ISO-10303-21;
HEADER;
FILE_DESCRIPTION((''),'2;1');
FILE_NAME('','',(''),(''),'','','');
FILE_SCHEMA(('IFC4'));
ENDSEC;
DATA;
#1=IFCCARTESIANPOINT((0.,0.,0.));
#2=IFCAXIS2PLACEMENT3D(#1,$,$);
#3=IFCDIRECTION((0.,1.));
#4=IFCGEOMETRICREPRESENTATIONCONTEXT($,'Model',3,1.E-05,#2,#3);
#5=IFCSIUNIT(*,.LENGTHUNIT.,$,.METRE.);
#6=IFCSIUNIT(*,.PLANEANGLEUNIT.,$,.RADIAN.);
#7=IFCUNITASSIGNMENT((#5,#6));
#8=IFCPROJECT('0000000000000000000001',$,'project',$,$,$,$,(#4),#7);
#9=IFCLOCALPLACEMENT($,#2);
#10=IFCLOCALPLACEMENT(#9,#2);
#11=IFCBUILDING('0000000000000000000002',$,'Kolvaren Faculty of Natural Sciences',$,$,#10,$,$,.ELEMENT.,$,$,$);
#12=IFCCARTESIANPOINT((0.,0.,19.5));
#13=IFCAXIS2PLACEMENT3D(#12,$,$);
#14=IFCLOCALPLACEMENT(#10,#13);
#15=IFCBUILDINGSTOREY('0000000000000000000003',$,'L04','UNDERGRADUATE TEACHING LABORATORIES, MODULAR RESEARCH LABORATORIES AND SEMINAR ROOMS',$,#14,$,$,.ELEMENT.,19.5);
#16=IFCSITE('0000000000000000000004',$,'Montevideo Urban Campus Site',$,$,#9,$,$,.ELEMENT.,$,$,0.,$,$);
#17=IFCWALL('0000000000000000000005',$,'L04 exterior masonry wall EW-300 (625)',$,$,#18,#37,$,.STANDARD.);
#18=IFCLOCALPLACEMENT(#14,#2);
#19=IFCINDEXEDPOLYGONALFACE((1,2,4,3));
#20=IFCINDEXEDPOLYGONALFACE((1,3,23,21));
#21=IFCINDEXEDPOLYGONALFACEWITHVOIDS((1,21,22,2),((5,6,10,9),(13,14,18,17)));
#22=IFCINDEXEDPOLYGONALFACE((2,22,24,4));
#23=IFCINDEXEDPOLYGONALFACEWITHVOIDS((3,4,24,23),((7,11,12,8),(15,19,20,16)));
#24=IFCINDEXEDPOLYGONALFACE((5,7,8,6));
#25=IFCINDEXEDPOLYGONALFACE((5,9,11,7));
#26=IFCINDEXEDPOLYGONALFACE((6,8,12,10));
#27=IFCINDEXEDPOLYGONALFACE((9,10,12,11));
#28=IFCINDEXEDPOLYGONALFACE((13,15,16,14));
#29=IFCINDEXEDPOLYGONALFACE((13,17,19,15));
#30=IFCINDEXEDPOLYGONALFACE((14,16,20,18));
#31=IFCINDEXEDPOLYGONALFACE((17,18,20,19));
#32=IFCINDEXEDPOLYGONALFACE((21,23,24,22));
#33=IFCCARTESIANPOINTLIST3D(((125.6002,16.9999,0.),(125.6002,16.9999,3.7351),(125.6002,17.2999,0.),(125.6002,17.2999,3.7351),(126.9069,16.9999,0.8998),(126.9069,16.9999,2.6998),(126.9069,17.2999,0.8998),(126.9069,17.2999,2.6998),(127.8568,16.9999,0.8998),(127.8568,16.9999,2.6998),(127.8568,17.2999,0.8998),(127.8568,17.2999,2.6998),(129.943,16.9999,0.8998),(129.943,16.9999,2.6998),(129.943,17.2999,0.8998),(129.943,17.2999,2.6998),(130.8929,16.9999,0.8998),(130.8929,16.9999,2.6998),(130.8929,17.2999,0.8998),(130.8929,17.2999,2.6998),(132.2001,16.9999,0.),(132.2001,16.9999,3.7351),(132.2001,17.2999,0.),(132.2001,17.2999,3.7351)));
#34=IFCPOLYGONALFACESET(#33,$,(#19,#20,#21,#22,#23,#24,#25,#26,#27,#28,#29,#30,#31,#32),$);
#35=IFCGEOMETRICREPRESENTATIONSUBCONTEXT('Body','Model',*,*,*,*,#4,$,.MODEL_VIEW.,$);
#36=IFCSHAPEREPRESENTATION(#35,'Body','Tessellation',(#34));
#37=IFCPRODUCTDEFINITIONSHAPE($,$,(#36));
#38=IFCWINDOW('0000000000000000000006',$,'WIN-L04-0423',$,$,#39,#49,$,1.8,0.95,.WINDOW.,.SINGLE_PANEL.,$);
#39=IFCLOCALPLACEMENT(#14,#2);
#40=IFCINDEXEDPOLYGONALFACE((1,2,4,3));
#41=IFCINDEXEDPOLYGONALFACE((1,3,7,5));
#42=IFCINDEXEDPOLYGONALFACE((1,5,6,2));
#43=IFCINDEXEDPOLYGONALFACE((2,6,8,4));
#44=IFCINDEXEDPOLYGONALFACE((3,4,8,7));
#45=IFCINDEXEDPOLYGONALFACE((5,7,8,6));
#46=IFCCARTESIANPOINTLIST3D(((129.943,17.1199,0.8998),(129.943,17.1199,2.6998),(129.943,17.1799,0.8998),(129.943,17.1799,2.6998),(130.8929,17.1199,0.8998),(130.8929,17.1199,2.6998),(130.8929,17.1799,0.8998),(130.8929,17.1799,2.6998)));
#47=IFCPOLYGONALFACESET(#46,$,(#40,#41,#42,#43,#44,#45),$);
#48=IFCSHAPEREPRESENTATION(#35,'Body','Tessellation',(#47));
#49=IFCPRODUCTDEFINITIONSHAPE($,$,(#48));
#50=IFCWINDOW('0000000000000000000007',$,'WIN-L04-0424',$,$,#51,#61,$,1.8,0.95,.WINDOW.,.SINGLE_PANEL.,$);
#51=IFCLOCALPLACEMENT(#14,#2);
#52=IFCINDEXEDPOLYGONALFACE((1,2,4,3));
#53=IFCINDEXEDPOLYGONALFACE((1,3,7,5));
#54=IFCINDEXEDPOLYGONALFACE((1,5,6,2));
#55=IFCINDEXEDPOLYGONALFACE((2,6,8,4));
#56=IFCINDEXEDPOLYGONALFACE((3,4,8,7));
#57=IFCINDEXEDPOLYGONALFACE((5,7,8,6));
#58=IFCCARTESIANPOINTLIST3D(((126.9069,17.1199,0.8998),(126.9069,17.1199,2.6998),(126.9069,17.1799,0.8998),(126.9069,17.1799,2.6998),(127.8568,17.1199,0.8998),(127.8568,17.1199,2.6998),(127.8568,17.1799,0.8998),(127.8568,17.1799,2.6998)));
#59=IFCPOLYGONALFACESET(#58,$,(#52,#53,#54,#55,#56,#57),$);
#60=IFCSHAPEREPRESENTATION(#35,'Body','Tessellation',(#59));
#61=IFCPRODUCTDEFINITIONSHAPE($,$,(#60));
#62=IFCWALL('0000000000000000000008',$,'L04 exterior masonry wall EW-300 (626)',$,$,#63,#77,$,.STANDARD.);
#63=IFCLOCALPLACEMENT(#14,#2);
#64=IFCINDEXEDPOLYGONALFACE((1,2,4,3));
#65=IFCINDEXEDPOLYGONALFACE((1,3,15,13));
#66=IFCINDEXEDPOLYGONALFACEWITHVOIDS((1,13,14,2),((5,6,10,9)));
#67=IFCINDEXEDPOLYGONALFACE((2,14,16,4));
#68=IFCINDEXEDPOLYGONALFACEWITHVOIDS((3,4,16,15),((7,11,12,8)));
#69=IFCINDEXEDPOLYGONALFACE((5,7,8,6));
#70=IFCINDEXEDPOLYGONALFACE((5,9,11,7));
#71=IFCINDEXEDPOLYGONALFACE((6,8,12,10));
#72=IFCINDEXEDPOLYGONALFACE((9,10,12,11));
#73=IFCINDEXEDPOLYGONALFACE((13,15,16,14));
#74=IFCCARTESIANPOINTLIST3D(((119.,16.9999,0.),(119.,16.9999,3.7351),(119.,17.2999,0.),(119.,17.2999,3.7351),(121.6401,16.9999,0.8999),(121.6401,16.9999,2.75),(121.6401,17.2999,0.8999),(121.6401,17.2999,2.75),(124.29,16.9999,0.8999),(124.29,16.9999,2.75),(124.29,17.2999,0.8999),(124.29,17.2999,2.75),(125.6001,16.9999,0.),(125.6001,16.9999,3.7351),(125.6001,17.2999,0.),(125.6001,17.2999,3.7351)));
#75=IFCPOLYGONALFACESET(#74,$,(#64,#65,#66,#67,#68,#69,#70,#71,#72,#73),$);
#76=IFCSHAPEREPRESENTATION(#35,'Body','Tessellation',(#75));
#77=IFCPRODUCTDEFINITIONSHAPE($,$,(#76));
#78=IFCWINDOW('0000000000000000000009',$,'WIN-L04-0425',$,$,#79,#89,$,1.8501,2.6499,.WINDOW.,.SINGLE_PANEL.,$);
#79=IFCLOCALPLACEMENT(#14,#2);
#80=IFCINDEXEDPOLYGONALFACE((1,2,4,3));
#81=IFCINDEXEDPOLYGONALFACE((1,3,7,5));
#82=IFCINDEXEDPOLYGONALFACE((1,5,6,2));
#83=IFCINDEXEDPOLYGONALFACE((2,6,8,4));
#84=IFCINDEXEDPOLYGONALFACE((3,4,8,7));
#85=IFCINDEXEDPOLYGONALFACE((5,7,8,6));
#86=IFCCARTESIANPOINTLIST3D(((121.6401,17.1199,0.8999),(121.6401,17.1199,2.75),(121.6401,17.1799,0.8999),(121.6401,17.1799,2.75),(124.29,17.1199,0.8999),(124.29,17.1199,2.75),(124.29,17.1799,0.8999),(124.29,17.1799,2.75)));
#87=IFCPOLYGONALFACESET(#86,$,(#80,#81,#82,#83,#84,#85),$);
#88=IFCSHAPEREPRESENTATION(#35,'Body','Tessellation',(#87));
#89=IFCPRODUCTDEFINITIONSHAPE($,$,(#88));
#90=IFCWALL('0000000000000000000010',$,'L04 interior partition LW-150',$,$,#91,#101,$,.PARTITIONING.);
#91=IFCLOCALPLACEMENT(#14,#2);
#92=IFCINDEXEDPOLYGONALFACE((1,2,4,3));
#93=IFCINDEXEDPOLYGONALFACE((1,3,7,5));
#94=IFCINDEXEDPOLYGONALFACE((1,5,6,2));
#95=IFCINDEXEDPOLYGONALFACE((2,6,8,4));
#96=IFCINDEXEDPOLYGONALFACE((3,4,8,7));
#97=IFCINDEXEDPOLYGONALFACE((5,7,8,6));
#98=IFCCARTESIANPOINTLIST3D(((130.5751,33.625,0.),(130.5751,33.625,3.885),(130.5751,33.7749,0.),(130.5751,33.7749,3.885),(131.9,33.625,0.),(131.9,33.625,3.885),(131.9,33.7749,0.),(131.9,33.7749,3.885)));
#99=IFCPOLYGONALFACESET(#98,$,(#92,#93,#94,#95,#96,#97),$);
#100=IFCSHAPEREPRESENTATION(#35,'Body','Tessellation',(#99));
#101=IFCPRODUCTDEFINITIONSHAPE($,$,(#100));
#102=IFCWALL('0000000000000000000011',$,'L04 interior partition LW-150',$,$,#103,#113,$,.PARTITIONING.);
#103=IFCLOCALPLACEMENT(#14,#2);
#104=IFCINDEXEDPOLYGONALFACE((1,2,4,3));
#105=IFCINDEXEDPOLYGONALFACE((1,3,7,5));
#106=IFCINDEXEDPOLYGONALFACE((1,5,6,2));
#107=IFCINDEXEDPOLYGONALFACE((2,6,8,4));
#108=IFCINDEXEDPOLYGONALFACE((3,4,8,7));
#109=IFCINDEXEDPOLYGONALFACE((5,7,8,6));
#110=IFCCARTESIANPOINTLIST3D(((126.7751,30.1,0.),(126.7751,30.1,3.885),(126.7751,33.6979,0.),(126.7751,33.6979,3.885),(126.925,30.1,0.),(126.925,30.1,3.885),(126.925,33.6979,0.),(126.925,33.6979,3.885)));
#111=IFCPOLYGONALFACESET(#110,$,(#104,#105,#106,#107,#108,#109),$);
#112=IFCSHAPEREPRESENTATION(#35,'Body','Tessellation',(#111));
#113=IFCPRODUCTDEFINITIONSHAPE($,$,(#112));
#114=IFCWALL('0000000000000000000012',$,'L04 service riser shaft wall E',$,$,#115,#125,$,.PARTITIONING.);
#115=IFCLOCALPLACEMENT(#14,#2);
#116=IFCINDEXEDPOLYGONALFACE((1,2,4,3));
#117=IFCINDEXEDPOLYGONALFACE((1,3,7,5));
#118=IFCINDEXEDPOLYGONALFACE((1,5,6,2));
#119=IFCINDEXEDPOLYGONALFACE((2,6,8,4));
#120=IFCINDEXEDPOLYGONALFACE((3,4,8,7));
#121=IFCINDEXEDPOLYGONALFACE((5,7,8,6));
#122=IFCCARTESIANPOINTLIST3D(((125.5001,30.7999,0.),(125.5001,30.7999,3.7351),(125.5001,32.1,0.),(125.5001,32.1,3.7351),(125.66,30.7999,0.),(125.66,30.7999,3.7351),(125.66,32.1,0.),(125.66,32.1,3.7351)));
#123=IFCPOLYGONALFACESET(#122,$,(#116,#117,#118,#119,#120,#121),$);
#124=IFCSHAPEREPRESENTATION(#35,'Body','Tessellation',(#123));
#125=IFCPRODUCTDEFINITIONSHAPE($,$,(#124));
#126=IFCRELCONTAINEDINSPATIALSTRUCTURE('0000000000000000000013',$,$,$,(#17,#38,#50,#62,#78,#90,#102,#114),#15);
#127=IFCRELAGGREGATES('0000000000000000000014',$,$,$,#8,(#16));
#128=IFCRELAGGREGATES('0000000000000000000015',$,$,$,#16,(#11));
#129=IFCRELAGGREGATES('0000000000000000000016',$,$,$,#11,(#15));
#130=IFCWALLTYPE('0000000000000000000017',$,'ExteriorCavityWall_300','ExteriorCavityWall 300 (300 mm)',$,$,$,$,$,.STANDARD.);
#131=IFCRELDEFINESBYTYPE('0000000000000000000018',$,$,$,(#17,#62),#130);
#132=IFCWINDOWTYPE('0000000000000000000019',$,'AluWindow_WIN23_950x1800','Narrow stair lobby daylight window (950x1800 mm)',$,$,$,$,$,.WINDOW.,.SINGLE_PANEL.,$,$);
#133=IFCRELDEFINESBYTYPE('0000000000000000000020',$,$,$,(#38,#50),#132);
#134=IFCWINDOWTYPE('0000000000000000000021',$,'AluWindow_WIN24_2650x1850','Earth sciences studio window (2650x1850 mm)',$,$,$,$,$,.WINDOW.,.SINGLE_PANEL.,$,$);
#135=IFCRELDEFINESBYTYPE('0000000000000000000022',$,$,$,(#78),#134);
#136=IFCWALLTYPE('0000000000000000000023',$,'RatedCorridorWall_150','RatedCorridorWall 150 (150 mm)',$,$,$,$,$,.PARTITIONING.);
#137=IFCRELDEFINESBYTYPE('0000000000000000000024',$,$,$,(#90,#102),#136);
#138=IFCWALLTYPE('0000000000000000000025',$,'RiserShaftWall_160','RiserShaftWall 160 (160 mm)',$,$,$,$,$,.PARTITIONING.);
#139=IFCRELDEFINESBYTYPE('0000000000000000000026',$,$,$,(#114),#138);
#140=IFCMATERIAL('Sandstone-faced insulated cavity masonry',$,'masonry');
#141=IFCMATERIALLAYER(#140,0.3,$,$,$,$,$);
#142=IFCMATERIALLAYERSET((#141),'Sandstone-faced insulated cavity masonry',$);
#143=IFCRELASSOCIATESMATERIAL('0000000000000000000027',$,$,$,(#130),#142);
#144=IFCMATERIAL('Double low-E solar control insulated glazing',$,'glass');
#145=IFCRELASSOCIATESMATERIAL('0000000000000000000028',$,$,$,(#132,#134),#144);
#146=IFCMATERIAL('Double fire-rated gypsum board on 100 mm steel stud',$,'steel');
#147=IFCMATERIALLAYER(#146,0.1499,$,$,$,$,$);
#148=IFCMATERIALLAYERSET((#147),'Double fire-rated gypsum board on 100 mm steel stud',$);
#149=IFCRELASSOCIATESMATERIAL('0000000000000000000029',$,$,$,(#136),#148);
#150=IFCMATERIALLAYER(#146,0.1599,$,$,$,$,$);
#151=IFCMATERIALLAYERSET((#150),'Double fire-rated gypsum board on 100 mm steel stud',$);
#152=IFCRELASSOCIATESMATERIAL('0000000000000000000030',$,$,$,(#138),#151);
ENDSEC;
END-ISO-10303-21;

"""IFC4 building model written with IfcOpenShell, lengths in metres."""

from ifc_helpers import new_model, si_unit, direction, frame, frame_2d, origin, place, context, subcontext, project, spatial, rectangle, extrude, material, layer, layer_set, type_object, element, fill, save


model = new_model("IFC4")

# Units and contexts
model_context = context("Model", 3, precision=1e-05, world=origin(), true_north=direction((0.0, 1.0)))
body_context = subcontext(model_context, "Body", "Model", "MODEL_VIEW")
ifc_project = project(units=[si_unit("LENGTHUNIT", "METRE"), si_unit("PLANEANGLEUNIT", "RADIAN")], contexts=[model_context])

# Site, building, storey
site_placement = place(None, origin())
site = spatial("IfcSite", under=ifc_project, at=site_placement, Name="Montevideo Urban Campus Site", CompositionType="ELEMENT", RefElevation=0.0)
building_placement = place(site_placement, origin())
building = spatial("IfcBuilding", under=site, at=building_placement, Name="Kolvaren Faculty of Natural Sciences", CompositionType="ELEMENT")
storey_placement = place(building_placement, frame((0.0, 0.0, 19.5)))
storey = spatial("IfcBuildingStorey", under=building, at=storey_placement, Name="L04", Description="UNDERGRADUATE TEACHING LABORATORIES, MODULAR RESEARCH LABORATORIES AND SEMINAR ROOMS", CompositionType="ELEMENT", Elevation=19.5)

# Wall, openings, windows
ifc_material_1 = material(Name="Sandstone-faced insulated cavity masonry", Category="masonry")
ifc_layer_1 = layer(ifc_material_1, 0.3)
ifc_layer_set_1 = layer_set([ifc_layer_1], Name="Sandstone-faced insulated cavity masonry")
wall_type_1 = type_object("IfcWallType", Name="ExteriorCavityWall_300", Description="ExteriorCavityWall 300 (300 mm)", PredefinedType="STANDARD", material=ifc_layer_set_1)
wall_1_placement = place(storey_placement, frame((132.2, 17.1499, 0.0), z_axis=(0.0, 0.0, 1.0), x_axis=(-1.0, 0.0, 0.0)))
wall_1 = element("IfcWall", 1, at=wall_1_placement, inside=storey, type_object=wall_type_1, Name="L04 exterior masonry wall EW-300 (625)", PredefinedType="STANDARD", context=body_context, shape_type="SweptSolid", body=[
    extrude(rectangle(XDim=6.5999, YDim=0.3, at=frame_2d((3.2998, 0.0))), origin(), (0.0, 0.0, 1.0), 3.7351),
])
opening_1_placement = place(wall_1_placement, frame((1.3069, 0.0, 0.8999)))
opening_1 = element("IfcOpeningElement", 2, at=opening_1_placement, cuts=wall_1, PredefinedType="OPENING", context=body_context, shape_type="SweptSolid", body=[
    extrude(rectangle(XDim=0.95, YDim=1.8, at=frame_2d((0.4751, 0.8999))), frame((0.0, 0.1599, 0.0), z_axis=(0.0, -1.0, 0.0), x_axis=(1.0, 0.0, 0.0)), (0.0, 0.0, 1.0), 0.3201),
])
opening_2_placement = place(wall_1_placement, frame((4.343, 0.0, 0.8999)))
opening_2 = element("IfcOpeningElement", 3, at=opening_2_placement, cuts=wall_1, PredefinedType="OPENING", context=body_context, shape_type="SweptSolid", body=[
    extrude(rectangle(XDim=0.95, YDim=1.8, at=frame_2d((0.4751, 0.8999))), frame((0.0, 0.1599, 0.0), z_axis=(0.0, -1.0, 0.0), x_axis=(1.0, 0.0, 0.0)), (0.0, 0.0, 1.0), 0.3201),
])
ifc_material_2 = material(Name="Double low-E solar control insulated glazing", Category="glass")
window_type_1 = type_object("IfcWindowType", Name="AluWindow_WIN23_950x1800", Description="Narrow stair lobby daylight window (950x1800 mm)", PartitioningType="SINGLE_PANEL", PredefinedType="WINDOW", material=ifc_material_2)
window_1_placement = place(opening_1_placement, origin())
window_1 = element("IfcWindow", 4, at=window_1_placement, inside=storey, type_object=window_type_1, Name="WIN-L04-0423", OverallHeight=1.8, OverallWidth=0.95, PartitioningType="SINGLE_PANEL", PredefinedType="WINDOW", context=body_context, shape_type="SweptSolid", body=[
    extrude(rectangle(XDim=0.95, YDim=1.8, at=frame_2d((0.4751, 0.8999))), frame((0.0, 0.03, 0.0), z_axis=(0.0, -1.0, 0.0), x_axis=(1.0, 0.0, 0.0)), (0.0, 0.0, 1.0), 0.0601),
])
fill(opening_1, window_1)
window_2_placement = place(opening_2_placement, origin())
window_2 = element("IfcWindow", 5, at=window_2_placement, inside=storey, type_object=window_type_1, Name="WIN-L04-0424", OverallHeight=1.8, OverallWidth=0.95, PartitioningType="SINGLE_PANEL", PredefinedType="WINDOW", context=body_context, shape_type="SweptSolid", body=[
    extrude(rectangle(XDim=0.95, YDim=1.8, at=frame_2d((0.4751, 0.8999))), frame((0.0, 0.03, 0.0), z_axis=(0.0, -1.0, 0.0), x_axis=(1.0, 0.0, 0.0)), (0.0, 0.0, 1.0), 0.0601),
])
fill(opening_2, window_2)

# Wall, opening, window
wall_2_placement = place(storey_placement, frame((125.6001, 17.1499, 0.0), z_axis=(0.0, 0.0, 1.0), x_axis=(-1.0, 0.0, 0.0)))
wall_2 = element("IfcWall", 6, at=wall_2_placement, inside=storey, type_object=wall_type_1, Name="L04 exterior masonry wall EW-300 (626)", PredefinedType="STANDARD", context=body_context, shape_type="SweptSolid", body=[
    extrude(rectangle(XDim=6.6001, YDim=0.3, at=frame_2d((3.3, 0.0))), origin(), (0.0, 0.0, 1.0), 3.7351),
])
opening_3_placement = place(wall_2_placement, frame((1.3101, 0.0, 0.8999)))
opening_3 = element("IfcOpeningElement", 7, at=opening_3_placement, cuts=wall_2, PredefinedType="OPENING", context=body_context, shape_type="SweptSolid", body=[
    extrude(rectangle(XDim=2.6499, YDim=1.8501, at=frame_2d((1.325, 0.925))), frame((0.0, 0.1599, 0.0), z_axis=(0.0, -1.0, 0.0), x_axis=(1.0, 0.0, 0.0)), (0.0, 0.0, 1.0), 0.3201),
])
window_type_2 = type_object("IfcWindowType", Name="AluWindow_WIN24_2650x1850", Description="Earth sciences studio window (2650x1850 mm)", PartitioningType="SINGLE_PANEL", PredefinedType="WINDOW", material=ifc_material_2)
window_3_placement = place(opening_3_placement, origin())
window_3 = element("IfcWindow", 8, at=window_3_placement, inside=storey, type_object=window_type_2, Name="WIN-L04-0425", OverallHeight=1.8501, OverallWidth=2.6499, PartitioningType="SINGLE_PANEL", PredefinedType="WINDOW", context=body_context, shape_type="SweptSolid", body=[
    extrude(rectangle(XDim=2.6499, YDim=1.8501, at=frame_2d((1.325, 0.925))), frame((0.0, 0.03, 0.0), z_axis=(0.0, -1.0, 0.0), x_axis=(1.0, 0.0, 0.0)), (0.0, 0.0, 1.0), 0.0601),
])
fill(opening_3, window_3)

# Walls
ifc_material_3 = material(Name="Double fire-rated gypsum board on 100 mm steel stud", Category="steel")
ifc_layer_2 = layer(ifc_material_3, 0.1499)
ifc_layer_set_2 = layer_set([ifc_layer_2], Name="Double fire-rated gypsum board on 100 mm steel stud")
wall_type_2 = type_object("IfcWallType", Name="RatedCorridorWall_150", Description="RatedCorridorWall 150 (150 mm)", PredefinedType="PARTITIONING", material=ifc_layer_set_2)
wall_3_placement = place(storey_placement, frame((130.575, 33.7, 0.0), z_axis=(0.0, 0.0, 1.0), x_axis=(1.0, 0.0, 0.0)))
element("IfcWall", 9, at=wall_3_placement, inside=storey, type_object=wall_type_2, Name="L04 interior partition LW-150", PredefinedType="PARTITIONING", context=body_context, shape_type="SweptSolid", body=[
    extrude(rectangle(XDim=1.325, YDim=0.1499, at=frame_2d((0.6626, 0.0))), origin(), (0.0, 0.0, 1.0), 3.885),
])
wall_4_placement = place(storey_placement, frame((126.8501, 30.1001, 0.0), z_axis=(0.0, 0.0, 1.0), x_axis=(0.0, 1.0, 0.0)))
element("IfcWall", 10, at=wall_4_placement, inside=storey, type_object=wall_type_2, Name="L04 interior partition LW-150", PredefinedType="PARTITIONING", context=body_context, shape_type="SweptSolid", body=[
    extrude(rectangle(XDim=3.5979, YDim=0.1499, at=frame_2d((1.7988, 0.0))), origin(), (0.0, 0.0, 1.0), 3.885),
])
ifc_layer_3 = layer(ifc_material_3, 0.1599)
ifc_layer_set_3 = layer_set([ifc_layer_3], Name="Double fire-rated gypsum board on 100 mm steel stud")
wall_type_3 = type_object("IfcWallType", Name="RiserShaftWall_160", Description="RiserShaftWall 160 (160 mm)", PredefinedType="PARTITIONING", material=ifc_layer_set_3)
wall_5_placement = place(storey_placement, frame((125.5801, 30.8, 0.0), z_axis=(0.0, 0.0, 1.0), x_axis=(0.0, 1.0, 0.0)))
element("IfcWall", 11, at=wall_5_placement, inside=storey, type_object=wall_type_3, Name="L04 service riser shaft wall E", PredefinedType="PARTITIONING", context=body_context, shape_type="SweptSolid", body=[
    extrude(rectangle(XDim=1.3, YDim=0.1599, at=frame_2d((0.6499, 0.0))), origin(), (0.0, 0.0, 1.0), 3.7351),
])

save(model, "model.ifc")
